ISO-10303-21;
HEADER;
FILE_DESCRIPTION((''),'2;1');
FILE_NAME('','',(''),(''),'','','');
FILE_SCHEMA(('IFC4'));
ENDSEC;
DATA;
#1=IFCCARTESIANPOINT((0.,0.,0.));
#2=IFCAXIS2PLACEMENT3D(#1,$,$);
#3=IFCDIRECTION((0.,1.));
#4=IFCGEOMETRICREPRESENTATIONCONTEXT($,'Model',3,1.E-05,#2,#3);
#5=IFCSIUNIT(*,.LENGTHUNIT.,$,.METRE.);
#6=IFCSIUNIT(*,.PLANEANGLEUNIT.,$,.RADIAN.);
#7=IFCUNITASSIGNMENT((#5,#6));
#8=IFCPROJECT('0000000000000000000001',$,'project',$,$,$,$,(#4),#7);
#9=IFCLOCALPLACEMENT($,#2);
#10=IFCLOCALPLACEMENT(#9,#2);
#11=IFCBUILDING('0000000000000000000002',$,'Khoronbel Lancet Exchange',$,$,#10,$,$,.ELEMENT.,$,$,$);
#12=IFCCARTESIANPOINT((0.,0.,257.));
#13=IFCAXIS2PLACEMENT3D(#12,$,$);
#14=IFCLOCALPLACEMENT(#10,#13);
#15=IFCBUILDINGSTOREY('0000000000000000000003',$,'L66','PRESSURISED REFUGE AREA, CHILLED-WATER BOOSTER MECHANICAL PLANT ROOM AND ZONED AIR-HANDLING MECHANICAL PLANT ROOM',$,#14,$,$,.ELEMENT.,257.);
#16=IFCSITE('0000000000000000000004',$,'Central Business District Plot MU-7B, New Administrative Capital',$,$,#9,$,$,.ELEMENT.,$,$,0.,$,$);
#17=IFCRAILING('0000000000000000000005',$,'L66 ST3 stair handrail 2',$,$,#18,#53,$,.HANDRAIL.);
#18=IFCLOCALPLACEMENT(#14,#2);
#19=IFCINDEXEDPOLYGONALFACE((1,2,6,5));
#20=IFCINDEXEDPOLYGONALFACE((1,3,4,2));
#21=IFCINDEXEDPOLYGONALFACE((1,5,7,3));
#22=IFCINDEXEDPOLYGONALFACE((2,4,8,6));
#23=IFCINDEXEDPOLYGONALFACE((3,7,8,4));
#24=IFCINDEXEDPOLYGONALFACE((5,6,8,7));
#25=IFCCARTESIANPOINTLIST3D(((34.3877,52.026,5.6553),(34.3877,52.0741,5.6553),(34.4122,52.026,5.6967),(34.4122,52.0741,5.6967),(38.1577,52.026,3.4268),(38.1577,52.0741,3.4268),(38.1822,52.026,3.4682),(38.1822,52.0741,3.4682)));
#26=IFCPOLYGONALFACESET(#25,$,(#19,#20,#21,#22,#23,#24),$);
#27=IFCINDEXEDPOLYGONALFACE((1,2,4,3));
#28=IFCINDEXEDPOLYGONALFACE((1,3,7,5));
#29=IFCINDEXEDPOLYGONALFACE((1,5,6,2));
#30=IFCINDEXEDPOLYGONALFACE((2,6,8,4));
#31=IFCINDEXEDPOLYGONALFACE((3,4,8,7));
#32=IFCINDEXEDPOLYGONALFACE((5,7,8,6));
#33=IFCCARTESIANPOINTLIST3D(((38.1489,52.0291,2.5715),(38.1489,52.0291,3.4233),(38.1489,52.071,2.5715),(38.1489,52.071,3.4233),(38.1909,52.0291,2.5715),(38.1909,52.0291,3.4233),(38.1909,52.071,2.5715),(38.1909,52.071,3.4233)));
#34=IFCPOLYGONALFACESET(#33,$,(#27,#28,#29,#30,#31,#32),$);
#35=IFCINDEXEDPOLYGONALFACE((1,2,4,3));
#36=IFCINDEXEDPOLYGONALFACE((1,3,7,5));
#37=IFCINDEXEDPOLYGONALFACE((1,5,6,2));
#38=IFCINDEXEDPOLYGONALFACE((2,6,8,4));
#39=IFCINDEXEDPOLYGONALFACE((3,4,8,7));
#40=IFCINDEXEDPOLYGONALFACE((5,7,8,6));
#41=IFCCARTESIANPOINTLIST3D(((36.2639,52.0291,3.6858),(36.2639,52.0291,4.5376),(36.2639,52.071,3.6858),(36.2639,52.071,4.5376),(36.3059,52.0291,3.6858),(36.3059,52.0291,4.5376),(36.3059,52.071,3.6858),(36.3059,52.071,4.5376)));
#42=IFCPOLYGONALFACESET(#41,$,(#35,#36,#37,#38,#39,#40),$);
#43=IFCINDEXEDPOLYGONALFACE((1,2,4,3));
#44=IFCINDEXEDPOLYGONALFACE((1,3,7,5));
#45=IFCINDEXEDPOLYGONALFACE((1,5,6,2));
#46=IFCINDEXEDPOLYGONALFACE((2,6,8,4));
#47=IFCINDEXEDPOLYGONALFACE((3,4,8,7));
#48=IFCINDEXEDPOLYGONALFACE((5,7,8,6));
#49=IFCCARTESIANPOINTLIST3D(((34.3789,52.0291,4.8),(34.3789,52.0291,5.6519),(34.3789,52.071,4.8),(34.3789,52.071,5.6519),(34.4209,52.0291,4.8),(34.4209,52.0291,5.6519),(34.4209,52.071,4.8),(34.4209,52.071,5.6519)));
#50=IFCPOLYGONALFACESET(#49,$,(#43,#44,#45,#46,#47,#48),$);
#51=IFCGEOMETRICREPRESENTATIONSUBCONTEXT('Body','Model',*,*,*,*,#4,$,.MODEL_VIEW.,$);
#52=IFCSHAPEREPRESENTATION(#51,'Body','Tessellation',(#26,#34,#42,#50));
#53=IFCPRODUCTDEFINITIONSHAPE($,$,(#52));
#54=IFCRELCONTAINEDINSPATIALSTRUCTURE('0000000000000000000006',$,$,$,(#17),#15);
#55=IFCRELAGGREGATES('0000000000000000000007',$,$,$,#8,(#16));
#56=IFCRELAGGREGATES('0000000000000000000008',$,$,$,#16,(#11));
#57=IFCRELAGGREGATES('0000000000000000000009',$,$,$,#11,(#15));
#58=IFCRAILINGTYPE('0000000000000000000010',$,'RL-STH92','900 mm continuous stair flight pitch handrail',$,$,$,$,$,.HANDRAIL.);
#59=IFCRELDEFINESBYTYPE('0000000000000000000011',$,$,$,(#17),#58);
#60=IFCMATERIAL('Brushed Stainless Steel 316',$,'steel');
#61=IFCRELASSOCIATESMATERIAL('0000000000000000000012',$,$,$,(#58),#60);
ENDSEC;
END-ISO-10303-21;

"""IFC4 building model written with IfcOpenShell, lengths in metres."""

from ifc_helpers import new_model, si_unit, direction, frame, origin, origin_2d, place, context, subcontext, project, spatial, rectangle, extrude, material, type_object, element, save


model = new_model("IFC4")

# Units and contexts
model_context = context("Model", 3, precision=1e-05, world=origin(), true_north=direction((0.0, 1.0)))
body_context = subcontext(model_context, "Body", "Model", "MODEL_VIEW")
ifc_project = project(units=[si_unit("LENGTHUNIT", "METRE"), si_unit("PLANEANGLEUNIT", "RADIAN")], contexts=[model_context])

# Site, building, storey
site_placement = place(None, origin())
site = spatial("IfcSite", under=ifc_project, at=site_placement, Name="Central Business District Plot MU-7B, New Administrative Capital", CompositionType="ELEMENT", RefElevation=0.0)
building_placement = place(site_placement, origin())
building = spatial("IfcBuilding", under=site, at=building_placement, Name="Khoronbel Lancet Exchange", CompositionType="ELEMENT")
storey_placement = place(building_placement, frame((0.0, 0.0, 257.0)))
storey = spatial("IfcBuildingStorey", under=building, at=storey_placement, Name="L66", Description="PRESSURISED REFUGE AREA, CHILLED-WATER BOOSTER MECHANICAL PLANT ROOM AND ZONED AIR-HANDLING MECHANICAL PLANT ROOM", CompositionType="ELEMENT", Elevation=257.0)

# Railing
ifc_material_1 = material(Name="Brushed Stainless Steel 316", Category="steel")
railing_type_1 = type_object("IfcRailingType", Name="RL-STH92", Description="900 mm continuous stair flight pitch handrail", PredefinedType="HANDRAIL", material=ifc_material_1)
railing_1_placement = place(storey_placement, frame((38.1699, 52.05, 2.5715)))
element("IfcRailing", 1, at=railing_1_placement, inside=storey, type_object=railing_type_1, Name="L66 ST3 stair handrail 2", PredefinedType="HANDRAIL", context=body_context, shape_type="SweptSolid", body=[
    extrude(rectangle(XDim=0.0481, YDim=0.0481, at=origin_2d()), frame((0.0, 0.0, 0.876), z_axis=(-0.860849, 0.0, 0.508861), x_axis=(0.0, -1.0, 0.0)), (0.0, 0.0, 1.0), 4.3794),
    extrude(rectangle(XDim=0.042, YDim=0.042, at=origin_2d()), origin(), (0.0, 0.0, 1.0), 0.8518),
    extrude(rectangle(XDim=0.042, YDim=0.042, at=origin_2d()), frame((-1.885, 0.0, 1.1143)), (0.0, 0.0, 1.0), 0.8518),
    extrude(rectangle(XDim=0.042, YDim=0.042, at=origin_2d()), frame((-3.77, 0.0, 2.2285)), (0.0, 0.0, 1.0), 0.8518),
])

save(model, "model.ifc")
